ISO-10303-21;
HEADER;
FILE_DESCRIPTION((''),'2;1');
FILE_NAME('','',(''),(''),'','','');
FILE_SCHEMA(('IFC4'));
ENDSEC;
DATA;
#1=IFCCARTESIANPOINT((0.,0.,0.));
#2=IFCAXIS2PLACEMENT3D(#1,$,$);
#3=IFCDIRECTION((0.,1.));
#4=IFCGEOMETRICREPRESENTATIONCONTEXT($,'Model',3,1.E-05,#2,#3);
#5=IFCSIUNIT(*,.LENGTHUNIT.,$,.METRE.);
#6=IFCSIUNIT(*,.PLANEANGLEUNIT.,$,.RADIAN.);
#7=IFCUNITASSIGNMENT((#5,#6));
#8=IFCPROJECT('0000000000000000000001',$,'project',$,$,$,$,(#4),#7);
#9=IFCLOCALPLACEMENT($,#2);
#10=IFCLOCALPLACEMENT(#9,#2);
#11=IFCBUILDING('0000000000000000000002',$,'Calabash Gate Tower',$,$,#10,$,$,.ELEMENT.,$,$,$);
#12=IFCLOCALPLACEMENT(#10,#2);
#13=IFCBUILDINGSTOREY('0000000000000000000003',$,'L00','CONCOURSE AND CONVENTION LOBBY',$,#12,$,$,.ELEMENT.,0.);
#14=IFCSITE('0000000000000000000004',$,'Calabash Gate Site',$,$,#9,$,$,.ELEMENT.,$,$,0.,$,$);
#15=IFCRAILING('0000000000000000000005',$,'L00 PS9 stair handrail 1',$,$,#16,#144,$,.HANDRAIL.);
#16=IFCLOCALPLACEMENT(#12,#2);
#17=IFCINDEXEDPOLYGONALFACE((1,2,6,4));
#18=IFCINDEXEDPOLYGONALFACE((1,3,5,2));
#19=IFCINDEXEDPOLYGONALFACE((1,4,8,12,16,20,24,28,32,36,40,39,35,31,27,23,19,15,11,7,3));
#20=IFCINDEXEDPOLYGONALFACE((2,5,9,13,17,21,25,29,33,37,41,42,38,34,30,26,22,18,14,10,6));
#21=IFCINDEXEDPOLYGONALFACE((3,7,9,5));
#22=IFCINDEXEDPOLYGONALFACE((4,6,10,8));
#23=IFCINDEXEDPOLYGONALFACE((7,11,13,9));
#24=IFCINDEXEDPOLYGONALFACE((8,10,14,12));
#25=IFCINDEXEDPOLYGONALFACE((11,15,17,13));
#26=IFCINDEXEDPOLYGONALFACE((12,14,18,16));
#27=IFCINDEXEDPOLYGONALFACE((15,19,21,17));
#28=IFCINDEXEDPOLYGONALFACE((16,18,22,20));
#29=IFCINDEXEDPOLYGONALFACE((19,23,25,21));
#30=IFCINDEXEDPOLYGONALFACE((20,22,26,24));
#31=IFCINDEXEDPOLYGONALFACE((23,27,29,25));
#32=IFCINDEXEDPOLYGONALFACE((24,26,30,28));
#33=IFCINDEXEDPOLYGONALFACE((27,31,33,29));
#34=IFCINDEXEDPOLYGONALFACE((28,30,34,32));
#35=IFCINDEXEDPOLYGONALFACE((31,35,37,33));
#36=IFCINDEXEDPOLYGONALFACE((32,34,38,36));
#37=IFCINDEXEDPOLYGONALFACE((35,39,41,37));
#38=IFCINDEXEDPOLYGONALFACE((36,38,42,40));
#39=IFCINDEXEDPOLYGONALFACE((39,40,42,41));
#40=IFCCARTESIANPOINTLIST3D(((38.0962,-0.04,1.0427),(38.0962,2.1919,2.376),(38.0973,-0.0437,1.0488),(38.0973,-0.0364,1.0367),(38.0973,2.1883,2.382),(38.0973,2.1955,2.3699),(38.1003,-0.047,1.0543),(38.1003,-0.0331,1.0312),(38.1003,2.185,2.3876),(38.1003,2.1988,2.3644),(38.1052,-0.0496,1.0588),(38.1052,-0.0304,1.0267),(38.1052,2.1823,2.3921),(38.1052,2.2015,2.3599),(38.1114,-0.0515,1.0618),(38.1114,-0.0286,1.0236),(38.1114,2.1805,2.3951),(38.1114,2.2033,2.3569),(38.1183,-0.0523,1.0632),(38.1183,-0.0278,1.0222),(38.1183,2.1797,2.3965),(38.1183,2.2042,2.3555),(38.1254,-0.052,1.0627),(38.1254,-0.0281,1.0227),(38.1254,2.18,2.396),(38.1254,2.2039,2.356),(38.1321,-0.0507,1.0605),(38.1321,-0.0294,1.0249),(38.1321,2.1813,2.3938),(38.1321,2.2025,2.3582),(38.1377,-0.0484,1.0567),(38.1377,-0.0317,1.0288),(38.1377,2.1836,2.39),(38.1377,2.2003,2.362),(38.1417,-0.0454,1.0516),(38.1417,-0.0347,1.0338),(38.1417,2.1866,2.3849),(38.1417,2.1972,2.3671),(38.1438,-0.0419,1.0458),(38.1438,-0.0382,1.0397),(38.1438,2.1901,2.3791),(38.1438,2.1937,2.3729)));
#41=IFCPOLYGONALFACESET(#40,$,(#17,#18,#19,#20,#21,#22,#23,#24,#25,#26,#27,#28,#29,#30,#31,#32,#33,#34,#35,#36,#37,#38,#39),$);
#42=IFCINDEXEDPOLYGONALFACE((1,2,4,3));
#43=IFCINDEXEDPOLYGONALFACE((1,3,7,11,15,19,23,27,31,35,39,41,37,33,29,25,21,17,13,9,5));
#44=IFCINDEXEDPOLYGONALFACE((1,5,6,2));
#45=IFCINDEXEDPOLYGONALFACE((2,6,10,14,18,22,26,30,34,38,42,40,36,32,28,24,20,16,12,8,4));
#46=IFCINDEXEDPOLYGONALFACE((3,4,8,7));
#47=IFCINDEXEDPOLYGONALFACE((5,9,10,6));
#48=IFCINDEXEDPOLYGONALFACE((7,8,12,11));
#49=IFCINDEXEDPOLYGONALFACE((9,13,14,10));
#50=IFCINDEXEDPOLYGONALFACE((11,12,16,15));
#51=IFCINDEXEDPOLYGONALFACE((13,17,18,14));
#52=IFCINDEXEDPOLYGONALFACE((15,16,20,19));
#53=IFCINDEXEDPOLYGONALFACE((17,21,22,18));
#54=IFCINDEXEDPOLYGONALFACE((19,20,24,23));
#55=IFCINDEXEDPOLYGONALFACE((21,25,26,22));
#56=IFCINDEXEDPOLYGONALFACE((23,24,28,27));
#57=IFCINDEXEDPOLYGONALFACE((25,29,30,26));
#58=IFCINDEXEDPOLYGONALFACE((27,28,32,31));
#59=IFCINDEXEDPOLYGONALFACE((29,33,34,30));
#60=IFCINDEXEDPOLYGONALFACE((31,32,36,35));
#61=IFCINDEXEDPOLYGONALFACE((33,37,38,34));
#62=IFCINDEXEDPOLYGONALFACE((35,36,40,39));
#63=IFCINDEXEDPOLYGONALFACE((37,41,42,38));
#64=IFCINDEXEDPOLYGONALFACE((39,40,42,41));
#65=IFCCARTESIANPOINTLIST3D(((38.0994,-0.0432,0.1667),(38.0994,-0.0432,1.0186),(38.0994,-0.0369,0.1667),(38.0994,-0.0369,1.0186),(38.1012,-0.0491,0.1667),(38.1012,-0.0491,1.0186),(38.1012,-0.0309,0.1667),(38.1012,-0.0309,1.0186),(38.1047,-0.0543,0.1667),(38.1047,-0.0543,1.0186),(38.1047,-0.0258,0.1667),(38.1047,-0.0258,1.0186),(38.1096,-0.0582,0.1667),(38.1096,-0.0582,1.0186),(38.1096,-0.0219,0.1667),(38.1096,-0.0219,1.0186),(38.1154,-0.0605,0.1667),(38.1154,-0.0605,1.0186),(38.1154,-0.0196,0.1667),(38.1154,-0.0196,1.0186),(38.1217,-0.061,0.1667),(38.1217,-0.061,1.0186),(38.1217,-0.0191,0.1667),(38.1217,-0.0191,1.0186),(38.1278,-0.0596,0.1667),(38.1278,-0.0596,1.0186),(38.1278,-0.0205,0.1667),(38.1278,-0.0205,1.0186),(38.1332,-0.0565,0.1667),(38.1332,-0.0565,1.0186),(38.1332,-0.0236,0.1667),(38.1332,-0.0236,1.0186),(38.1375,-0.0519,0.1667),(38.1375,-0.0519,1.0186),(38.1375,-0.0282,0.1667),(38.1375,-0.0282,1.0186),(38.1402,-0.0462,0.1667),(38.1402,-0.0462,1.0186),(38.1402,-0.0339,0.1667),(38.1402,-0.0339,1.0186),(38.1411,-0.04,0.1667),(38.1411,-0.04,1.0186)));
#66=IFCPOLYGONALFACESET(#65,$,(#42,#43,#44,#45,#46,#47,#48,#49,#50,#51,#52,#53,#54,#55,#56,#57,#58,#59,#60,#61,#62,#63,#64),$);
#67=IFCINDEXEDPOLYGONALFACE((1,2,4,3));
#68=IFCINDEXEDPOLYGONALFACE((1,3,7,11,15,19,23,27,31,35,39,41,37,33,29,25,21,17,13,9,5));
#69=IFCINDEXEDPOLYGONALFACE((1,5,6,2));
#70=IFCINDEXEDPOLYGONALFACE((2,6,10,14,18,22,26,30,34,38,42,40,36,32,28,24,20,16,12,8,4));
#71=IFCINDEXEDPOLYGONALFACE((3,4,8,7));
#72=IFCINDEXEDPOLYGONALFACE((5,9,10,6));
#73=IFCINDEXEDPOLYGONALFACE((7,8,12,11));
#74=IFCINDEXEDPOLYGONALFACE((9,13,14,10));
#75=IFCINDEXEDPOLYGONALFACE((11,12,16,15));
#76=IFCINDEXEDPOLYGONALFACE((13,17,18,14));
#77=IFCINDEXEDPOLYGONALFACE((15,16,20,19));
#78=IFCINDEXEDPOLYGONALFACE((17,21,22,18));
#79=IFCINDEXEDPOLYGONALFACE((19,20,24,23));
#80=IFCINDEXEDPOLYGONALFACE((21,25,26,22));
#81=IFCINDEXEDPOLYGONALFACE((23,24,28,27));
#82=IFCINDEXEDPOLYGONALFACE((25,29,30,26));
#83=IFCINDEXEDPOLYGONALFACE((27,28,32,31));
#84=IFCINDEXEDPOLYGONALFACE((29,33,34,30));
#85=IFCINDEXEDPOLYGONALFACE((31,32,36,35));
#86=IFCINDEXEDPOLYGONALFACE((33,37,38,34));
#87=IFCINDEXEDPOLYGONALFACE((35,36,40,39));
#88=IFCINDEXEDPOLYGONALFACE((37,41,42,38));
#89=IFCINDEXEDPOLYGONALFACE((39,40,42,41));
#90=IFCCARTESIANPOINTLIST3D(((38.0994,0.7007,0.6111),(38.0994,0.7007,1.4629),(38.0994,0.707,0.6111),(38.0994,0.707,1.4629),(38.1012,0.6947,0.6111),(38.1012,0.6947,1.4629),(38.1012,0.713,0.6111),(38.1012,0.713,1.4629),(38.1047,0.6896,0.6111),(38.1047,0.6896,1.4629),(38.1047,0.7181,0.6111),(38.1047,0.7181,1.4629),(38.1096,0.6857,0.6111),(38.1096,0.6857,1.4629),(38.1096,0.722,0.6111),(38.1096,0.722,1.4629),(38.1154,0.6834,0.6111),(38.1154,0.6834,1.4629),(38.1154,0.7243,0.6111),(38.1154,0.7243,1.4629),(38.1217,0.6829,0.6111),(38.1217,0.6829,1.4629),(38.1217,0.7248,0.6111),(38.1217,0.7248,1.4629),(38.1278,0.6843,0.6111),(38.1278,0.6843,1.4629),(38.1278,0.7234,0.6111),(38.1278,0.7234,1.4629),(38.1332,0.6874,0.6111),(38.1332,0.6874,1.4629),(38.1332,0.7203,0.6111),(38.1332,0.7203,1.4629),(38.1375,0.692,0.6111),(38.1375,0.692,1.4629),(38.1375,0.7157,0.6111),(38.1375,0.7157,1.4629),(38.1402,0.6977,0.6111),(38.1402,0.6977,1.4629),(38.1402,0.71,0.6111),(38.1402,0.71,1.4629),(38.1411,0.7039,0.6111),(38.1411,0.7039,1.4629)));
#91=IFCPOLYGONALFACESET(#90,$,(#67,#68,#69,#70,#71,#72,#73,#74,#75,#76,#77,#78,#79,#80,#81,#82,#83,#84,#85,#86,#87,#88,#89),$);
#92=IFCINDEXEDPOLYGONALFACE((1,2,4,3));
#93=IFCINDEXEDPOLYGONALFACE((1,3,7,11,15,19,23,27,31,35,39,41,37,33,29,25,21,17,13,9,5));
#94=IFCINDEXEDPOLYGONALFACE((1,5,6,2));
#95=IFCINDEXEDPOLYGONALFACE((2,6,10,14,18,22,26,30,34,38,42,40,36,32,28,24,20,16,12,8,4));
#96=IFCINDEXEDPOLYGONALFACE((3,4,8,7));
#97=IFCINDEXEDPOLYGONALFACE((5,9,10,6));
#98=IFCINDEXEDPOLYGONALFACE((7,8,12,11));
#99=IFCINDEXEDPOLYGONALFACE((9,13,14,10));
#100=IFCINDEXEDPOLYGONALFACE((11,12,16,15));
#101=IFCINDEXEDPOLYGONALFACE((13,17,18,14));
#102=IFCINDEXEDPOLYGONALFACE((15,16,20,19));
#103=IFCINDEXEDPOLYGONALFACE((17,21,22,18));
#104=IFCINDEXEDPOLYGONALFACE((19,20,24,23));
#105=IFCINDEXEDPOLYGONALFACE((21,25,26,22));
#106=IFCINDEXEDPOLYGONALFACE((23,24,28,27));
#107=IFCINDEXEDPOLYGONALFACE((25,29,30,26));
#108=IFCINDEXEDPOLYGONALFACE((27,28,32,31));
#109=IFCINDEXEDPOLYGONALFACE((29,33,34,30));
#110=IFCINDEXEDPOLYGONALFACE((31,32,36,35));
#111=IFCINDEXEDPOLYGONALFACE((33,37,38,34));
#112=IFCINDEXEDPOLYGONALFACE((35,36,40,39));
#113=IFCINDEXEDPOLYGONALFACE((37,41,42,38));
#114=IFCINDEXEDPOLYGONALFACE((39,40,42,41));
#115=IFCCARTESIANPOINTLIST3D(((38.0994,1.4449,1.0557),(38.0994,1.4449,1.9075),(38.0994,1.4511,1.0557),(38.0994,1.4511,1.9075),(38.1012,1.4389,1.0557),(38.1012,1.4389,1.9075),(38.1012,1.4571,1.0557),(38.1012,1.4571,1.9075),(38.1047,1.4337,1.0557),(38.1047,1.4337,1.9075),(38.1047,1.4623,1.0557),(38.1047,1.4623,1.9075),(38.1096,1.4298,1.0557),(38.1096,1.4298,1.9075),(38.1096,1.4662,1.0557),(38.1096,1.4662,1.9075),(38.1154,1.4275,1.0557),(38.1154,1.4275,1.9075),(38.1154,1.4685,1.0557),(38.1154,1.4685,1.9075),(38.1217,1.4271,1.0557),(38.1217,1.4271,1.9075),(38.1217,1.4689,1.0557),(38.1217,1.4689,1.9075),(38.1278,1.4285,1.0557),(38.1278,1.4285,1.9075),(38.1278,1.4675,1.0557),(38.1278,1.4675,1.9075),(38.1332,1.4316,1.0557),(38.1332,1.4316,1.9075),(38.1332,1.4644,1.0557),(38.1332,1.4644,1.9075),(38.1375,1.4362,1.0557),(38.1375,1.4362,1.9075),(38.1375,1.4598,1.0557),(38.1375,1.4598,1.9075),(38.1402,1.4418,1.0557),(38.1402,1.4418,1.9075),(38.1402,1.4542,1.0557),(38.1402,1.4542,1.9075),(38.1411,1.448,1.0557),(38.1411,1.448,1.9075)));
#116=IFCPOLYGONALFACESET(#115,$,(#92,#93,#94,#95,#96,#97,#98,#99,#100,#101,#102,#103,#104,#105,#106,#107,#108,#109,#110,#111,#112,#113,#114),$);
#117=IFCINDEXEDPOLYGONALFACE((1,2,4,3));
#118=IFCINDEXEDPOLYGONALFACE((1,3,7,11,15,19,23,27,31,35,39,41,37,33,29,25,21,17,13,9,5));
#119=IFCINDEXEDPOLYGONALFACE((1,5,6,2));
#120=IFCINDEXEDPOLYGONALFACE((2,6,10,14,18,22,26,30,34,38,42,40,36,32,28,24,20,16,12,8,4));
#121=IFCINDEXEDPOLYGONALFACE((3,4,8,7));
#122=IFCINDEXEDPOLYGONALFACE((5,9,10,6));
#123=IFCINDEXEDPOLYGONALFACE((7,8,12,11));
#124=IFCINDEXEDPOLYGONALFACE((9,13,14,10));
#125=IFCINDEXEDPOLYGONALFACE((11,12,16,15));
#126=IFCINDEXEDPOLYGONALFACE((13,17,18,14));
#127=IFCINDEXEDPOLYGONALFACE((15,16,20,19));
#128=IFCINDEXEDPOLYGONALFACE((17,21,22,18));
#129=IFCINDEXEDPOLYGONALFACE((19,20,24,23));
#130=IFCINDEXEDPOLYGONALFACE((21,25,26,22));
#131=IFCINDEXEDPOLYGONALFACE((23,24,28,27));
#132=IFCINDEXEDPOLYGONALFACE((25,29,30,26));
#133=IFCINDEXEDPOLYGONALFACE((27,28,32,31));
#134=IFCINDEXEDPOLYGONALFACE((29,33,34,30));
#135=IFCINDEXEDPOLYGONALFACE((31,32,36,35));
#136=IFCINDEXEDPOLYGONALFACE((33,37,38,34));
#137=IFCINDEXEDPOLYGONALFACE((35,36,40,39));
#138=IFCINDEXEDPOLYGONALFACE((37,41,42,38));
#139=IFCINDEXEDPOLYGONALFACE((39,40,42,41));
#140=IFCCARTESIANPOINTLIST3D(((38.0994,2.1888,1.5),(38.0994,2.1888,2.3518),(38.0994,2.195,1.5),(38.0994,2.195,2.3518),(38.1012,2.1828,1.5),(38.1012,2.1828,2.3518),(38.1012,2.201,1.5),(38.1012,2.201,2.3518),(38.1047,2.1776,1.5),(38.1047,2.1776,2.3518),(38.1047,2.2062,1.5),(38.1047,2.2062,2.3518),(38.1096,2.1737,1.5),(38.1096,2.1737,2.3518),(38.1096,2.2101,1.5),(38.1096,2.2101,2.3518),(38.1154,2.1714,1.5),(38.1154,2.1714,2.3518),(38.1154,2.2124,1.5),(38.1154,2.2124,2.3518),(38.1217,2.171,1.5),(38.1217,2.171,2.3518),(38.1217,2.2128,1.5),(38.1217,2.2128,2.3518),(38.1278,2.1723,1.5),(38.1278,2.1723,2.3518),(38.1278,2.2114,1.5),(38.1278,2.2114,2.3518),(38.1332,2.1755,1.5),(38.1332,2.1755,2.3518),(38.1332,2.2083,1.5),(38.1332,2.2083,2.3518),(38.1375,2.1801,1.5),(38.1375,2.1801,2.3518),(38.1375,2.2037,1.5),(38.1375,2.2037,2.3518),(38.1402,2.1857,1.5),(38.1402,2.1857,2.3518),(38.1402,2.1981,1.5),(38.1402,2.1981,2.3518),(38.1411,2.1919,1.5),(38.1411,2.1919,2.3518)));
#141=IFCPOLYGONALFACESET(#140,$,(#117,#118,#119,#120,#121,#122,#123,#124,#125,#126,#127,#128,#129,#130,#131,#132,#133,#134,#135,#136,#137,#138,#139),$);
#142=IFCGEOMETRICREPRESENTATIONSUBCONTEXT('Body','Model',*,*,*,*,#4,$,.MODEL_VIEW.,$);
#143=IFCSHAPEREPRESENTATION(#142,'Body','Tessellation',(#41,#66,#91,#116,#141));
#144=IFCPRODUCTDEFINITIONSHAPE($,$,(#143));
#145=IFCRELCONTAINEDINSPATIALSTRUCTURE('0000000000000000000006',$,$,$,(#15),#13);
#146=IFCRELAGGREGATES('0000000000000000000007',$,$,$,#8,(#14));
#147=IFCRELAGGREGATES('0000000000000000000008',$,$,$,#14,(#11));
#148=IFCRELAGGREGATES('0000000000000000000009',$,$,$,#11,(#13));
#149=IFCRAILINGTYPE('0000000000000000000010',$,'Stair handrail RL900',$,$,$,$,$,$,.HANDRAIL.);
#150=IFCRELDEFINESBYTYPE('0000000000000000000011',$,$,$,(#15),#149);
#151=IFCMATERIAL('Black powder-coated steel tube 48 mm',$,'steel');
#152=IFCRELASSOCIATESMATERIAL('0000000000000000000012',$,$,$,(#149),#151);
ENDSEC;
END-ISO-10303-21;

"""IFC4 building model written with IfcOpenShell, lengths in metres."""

from ifc_helpers import new_model, si_unit, direction, frame, origin, origin_2d, place, context, subcontext, project, spatial, circle, extrude, material, type_object, element, save


model = new_model("IFC4")

# Units and contexts
model_context = context("Model", 3, precision=1e-05, world=origin(), true_north=direction((0.0, 1.0)))
body_context = subcontext(model_context, "Body", "Model", "MODEL_VIEW")
ifc_project = project(units=[si_unit("LENGTHUNIT", "METRE"), si_unit("PLANEANGLEUNIT", "RADIAN")], contexts=[model_context])

# Site, building, storey
site_placement = place(None, origin())
site = spatial("IfcSite", under=ifc_project, at=site_placement, Name="Calabash Gate Site", CompositionType="ELEMENT", RefElevation=0.0)
building_placement = place(site_placement, origin())
building = spatial("IfcBuilding", under=site, at=building_placement, Name="Calabash Gate Tower", CompositionType="ELEMENT")
storey_placement = place(building_placement, origin())
storey = spatial("IfcBuildingStorey", under=building, at=storey_placement, Name="L00", Description="CONCOURSE AND CONVENTION LOBBY", CompositionType="ELEMENT", Elevation=0.0)

# Railing
ifc_material_1 = material(Name="Black powder-coated steel tube 48 mm", Category="steel")
railing_type_1 = type_object("IfcRailingType", Name="Stair handrail RL900", PredefinedType="HANDRAIL", material=ifc_material_1)
railing_1_placement = place(storey_placement, frame((38.1201, -0.04, 0.1667)))
element("IfcRailing", 1, at=railing_1_placement, inside=storey, type_object=railing_type_1, Name="L00 PS9 stair handrail 1", PredefinedType="HANDRAIL", context=body_context, shape_type="SweptSolid", body=[
    extrude(circle(Radius=0.0239, at=origin_2d()), frame((0.0, 0.0, 0.876), z_axis=(0.0, 0.858494, 0.512824), x_axis=(-1.0, 0.0, 0.0)), (0.0, 0.0, 1.0), 2.5999),
    extrude(circle(Radius=0.021, at=origin_2d()), origin(), (0.0, 0.0, 1.0), 0.8518),
    extrude(circle(Radius=0.021, at=origin_2d()), frame((0.0, 0.7439, 0.4443)), (0.0, 0.0, 1.0), 0.8518),
    extrude(circle(Radius=0.021, at=origin_2d()), frame((0.0, 1.488, 0.8889)), (0.0, 0.0, 1.0), 0.8518),
    extrude(circle(Radius=0.021, at=origin_2d()), frame((0.0, 2.2319, 1.3333)), (0.0, 0.0, 1.0), 0.8518),
])

save(model, "model.ifc")
